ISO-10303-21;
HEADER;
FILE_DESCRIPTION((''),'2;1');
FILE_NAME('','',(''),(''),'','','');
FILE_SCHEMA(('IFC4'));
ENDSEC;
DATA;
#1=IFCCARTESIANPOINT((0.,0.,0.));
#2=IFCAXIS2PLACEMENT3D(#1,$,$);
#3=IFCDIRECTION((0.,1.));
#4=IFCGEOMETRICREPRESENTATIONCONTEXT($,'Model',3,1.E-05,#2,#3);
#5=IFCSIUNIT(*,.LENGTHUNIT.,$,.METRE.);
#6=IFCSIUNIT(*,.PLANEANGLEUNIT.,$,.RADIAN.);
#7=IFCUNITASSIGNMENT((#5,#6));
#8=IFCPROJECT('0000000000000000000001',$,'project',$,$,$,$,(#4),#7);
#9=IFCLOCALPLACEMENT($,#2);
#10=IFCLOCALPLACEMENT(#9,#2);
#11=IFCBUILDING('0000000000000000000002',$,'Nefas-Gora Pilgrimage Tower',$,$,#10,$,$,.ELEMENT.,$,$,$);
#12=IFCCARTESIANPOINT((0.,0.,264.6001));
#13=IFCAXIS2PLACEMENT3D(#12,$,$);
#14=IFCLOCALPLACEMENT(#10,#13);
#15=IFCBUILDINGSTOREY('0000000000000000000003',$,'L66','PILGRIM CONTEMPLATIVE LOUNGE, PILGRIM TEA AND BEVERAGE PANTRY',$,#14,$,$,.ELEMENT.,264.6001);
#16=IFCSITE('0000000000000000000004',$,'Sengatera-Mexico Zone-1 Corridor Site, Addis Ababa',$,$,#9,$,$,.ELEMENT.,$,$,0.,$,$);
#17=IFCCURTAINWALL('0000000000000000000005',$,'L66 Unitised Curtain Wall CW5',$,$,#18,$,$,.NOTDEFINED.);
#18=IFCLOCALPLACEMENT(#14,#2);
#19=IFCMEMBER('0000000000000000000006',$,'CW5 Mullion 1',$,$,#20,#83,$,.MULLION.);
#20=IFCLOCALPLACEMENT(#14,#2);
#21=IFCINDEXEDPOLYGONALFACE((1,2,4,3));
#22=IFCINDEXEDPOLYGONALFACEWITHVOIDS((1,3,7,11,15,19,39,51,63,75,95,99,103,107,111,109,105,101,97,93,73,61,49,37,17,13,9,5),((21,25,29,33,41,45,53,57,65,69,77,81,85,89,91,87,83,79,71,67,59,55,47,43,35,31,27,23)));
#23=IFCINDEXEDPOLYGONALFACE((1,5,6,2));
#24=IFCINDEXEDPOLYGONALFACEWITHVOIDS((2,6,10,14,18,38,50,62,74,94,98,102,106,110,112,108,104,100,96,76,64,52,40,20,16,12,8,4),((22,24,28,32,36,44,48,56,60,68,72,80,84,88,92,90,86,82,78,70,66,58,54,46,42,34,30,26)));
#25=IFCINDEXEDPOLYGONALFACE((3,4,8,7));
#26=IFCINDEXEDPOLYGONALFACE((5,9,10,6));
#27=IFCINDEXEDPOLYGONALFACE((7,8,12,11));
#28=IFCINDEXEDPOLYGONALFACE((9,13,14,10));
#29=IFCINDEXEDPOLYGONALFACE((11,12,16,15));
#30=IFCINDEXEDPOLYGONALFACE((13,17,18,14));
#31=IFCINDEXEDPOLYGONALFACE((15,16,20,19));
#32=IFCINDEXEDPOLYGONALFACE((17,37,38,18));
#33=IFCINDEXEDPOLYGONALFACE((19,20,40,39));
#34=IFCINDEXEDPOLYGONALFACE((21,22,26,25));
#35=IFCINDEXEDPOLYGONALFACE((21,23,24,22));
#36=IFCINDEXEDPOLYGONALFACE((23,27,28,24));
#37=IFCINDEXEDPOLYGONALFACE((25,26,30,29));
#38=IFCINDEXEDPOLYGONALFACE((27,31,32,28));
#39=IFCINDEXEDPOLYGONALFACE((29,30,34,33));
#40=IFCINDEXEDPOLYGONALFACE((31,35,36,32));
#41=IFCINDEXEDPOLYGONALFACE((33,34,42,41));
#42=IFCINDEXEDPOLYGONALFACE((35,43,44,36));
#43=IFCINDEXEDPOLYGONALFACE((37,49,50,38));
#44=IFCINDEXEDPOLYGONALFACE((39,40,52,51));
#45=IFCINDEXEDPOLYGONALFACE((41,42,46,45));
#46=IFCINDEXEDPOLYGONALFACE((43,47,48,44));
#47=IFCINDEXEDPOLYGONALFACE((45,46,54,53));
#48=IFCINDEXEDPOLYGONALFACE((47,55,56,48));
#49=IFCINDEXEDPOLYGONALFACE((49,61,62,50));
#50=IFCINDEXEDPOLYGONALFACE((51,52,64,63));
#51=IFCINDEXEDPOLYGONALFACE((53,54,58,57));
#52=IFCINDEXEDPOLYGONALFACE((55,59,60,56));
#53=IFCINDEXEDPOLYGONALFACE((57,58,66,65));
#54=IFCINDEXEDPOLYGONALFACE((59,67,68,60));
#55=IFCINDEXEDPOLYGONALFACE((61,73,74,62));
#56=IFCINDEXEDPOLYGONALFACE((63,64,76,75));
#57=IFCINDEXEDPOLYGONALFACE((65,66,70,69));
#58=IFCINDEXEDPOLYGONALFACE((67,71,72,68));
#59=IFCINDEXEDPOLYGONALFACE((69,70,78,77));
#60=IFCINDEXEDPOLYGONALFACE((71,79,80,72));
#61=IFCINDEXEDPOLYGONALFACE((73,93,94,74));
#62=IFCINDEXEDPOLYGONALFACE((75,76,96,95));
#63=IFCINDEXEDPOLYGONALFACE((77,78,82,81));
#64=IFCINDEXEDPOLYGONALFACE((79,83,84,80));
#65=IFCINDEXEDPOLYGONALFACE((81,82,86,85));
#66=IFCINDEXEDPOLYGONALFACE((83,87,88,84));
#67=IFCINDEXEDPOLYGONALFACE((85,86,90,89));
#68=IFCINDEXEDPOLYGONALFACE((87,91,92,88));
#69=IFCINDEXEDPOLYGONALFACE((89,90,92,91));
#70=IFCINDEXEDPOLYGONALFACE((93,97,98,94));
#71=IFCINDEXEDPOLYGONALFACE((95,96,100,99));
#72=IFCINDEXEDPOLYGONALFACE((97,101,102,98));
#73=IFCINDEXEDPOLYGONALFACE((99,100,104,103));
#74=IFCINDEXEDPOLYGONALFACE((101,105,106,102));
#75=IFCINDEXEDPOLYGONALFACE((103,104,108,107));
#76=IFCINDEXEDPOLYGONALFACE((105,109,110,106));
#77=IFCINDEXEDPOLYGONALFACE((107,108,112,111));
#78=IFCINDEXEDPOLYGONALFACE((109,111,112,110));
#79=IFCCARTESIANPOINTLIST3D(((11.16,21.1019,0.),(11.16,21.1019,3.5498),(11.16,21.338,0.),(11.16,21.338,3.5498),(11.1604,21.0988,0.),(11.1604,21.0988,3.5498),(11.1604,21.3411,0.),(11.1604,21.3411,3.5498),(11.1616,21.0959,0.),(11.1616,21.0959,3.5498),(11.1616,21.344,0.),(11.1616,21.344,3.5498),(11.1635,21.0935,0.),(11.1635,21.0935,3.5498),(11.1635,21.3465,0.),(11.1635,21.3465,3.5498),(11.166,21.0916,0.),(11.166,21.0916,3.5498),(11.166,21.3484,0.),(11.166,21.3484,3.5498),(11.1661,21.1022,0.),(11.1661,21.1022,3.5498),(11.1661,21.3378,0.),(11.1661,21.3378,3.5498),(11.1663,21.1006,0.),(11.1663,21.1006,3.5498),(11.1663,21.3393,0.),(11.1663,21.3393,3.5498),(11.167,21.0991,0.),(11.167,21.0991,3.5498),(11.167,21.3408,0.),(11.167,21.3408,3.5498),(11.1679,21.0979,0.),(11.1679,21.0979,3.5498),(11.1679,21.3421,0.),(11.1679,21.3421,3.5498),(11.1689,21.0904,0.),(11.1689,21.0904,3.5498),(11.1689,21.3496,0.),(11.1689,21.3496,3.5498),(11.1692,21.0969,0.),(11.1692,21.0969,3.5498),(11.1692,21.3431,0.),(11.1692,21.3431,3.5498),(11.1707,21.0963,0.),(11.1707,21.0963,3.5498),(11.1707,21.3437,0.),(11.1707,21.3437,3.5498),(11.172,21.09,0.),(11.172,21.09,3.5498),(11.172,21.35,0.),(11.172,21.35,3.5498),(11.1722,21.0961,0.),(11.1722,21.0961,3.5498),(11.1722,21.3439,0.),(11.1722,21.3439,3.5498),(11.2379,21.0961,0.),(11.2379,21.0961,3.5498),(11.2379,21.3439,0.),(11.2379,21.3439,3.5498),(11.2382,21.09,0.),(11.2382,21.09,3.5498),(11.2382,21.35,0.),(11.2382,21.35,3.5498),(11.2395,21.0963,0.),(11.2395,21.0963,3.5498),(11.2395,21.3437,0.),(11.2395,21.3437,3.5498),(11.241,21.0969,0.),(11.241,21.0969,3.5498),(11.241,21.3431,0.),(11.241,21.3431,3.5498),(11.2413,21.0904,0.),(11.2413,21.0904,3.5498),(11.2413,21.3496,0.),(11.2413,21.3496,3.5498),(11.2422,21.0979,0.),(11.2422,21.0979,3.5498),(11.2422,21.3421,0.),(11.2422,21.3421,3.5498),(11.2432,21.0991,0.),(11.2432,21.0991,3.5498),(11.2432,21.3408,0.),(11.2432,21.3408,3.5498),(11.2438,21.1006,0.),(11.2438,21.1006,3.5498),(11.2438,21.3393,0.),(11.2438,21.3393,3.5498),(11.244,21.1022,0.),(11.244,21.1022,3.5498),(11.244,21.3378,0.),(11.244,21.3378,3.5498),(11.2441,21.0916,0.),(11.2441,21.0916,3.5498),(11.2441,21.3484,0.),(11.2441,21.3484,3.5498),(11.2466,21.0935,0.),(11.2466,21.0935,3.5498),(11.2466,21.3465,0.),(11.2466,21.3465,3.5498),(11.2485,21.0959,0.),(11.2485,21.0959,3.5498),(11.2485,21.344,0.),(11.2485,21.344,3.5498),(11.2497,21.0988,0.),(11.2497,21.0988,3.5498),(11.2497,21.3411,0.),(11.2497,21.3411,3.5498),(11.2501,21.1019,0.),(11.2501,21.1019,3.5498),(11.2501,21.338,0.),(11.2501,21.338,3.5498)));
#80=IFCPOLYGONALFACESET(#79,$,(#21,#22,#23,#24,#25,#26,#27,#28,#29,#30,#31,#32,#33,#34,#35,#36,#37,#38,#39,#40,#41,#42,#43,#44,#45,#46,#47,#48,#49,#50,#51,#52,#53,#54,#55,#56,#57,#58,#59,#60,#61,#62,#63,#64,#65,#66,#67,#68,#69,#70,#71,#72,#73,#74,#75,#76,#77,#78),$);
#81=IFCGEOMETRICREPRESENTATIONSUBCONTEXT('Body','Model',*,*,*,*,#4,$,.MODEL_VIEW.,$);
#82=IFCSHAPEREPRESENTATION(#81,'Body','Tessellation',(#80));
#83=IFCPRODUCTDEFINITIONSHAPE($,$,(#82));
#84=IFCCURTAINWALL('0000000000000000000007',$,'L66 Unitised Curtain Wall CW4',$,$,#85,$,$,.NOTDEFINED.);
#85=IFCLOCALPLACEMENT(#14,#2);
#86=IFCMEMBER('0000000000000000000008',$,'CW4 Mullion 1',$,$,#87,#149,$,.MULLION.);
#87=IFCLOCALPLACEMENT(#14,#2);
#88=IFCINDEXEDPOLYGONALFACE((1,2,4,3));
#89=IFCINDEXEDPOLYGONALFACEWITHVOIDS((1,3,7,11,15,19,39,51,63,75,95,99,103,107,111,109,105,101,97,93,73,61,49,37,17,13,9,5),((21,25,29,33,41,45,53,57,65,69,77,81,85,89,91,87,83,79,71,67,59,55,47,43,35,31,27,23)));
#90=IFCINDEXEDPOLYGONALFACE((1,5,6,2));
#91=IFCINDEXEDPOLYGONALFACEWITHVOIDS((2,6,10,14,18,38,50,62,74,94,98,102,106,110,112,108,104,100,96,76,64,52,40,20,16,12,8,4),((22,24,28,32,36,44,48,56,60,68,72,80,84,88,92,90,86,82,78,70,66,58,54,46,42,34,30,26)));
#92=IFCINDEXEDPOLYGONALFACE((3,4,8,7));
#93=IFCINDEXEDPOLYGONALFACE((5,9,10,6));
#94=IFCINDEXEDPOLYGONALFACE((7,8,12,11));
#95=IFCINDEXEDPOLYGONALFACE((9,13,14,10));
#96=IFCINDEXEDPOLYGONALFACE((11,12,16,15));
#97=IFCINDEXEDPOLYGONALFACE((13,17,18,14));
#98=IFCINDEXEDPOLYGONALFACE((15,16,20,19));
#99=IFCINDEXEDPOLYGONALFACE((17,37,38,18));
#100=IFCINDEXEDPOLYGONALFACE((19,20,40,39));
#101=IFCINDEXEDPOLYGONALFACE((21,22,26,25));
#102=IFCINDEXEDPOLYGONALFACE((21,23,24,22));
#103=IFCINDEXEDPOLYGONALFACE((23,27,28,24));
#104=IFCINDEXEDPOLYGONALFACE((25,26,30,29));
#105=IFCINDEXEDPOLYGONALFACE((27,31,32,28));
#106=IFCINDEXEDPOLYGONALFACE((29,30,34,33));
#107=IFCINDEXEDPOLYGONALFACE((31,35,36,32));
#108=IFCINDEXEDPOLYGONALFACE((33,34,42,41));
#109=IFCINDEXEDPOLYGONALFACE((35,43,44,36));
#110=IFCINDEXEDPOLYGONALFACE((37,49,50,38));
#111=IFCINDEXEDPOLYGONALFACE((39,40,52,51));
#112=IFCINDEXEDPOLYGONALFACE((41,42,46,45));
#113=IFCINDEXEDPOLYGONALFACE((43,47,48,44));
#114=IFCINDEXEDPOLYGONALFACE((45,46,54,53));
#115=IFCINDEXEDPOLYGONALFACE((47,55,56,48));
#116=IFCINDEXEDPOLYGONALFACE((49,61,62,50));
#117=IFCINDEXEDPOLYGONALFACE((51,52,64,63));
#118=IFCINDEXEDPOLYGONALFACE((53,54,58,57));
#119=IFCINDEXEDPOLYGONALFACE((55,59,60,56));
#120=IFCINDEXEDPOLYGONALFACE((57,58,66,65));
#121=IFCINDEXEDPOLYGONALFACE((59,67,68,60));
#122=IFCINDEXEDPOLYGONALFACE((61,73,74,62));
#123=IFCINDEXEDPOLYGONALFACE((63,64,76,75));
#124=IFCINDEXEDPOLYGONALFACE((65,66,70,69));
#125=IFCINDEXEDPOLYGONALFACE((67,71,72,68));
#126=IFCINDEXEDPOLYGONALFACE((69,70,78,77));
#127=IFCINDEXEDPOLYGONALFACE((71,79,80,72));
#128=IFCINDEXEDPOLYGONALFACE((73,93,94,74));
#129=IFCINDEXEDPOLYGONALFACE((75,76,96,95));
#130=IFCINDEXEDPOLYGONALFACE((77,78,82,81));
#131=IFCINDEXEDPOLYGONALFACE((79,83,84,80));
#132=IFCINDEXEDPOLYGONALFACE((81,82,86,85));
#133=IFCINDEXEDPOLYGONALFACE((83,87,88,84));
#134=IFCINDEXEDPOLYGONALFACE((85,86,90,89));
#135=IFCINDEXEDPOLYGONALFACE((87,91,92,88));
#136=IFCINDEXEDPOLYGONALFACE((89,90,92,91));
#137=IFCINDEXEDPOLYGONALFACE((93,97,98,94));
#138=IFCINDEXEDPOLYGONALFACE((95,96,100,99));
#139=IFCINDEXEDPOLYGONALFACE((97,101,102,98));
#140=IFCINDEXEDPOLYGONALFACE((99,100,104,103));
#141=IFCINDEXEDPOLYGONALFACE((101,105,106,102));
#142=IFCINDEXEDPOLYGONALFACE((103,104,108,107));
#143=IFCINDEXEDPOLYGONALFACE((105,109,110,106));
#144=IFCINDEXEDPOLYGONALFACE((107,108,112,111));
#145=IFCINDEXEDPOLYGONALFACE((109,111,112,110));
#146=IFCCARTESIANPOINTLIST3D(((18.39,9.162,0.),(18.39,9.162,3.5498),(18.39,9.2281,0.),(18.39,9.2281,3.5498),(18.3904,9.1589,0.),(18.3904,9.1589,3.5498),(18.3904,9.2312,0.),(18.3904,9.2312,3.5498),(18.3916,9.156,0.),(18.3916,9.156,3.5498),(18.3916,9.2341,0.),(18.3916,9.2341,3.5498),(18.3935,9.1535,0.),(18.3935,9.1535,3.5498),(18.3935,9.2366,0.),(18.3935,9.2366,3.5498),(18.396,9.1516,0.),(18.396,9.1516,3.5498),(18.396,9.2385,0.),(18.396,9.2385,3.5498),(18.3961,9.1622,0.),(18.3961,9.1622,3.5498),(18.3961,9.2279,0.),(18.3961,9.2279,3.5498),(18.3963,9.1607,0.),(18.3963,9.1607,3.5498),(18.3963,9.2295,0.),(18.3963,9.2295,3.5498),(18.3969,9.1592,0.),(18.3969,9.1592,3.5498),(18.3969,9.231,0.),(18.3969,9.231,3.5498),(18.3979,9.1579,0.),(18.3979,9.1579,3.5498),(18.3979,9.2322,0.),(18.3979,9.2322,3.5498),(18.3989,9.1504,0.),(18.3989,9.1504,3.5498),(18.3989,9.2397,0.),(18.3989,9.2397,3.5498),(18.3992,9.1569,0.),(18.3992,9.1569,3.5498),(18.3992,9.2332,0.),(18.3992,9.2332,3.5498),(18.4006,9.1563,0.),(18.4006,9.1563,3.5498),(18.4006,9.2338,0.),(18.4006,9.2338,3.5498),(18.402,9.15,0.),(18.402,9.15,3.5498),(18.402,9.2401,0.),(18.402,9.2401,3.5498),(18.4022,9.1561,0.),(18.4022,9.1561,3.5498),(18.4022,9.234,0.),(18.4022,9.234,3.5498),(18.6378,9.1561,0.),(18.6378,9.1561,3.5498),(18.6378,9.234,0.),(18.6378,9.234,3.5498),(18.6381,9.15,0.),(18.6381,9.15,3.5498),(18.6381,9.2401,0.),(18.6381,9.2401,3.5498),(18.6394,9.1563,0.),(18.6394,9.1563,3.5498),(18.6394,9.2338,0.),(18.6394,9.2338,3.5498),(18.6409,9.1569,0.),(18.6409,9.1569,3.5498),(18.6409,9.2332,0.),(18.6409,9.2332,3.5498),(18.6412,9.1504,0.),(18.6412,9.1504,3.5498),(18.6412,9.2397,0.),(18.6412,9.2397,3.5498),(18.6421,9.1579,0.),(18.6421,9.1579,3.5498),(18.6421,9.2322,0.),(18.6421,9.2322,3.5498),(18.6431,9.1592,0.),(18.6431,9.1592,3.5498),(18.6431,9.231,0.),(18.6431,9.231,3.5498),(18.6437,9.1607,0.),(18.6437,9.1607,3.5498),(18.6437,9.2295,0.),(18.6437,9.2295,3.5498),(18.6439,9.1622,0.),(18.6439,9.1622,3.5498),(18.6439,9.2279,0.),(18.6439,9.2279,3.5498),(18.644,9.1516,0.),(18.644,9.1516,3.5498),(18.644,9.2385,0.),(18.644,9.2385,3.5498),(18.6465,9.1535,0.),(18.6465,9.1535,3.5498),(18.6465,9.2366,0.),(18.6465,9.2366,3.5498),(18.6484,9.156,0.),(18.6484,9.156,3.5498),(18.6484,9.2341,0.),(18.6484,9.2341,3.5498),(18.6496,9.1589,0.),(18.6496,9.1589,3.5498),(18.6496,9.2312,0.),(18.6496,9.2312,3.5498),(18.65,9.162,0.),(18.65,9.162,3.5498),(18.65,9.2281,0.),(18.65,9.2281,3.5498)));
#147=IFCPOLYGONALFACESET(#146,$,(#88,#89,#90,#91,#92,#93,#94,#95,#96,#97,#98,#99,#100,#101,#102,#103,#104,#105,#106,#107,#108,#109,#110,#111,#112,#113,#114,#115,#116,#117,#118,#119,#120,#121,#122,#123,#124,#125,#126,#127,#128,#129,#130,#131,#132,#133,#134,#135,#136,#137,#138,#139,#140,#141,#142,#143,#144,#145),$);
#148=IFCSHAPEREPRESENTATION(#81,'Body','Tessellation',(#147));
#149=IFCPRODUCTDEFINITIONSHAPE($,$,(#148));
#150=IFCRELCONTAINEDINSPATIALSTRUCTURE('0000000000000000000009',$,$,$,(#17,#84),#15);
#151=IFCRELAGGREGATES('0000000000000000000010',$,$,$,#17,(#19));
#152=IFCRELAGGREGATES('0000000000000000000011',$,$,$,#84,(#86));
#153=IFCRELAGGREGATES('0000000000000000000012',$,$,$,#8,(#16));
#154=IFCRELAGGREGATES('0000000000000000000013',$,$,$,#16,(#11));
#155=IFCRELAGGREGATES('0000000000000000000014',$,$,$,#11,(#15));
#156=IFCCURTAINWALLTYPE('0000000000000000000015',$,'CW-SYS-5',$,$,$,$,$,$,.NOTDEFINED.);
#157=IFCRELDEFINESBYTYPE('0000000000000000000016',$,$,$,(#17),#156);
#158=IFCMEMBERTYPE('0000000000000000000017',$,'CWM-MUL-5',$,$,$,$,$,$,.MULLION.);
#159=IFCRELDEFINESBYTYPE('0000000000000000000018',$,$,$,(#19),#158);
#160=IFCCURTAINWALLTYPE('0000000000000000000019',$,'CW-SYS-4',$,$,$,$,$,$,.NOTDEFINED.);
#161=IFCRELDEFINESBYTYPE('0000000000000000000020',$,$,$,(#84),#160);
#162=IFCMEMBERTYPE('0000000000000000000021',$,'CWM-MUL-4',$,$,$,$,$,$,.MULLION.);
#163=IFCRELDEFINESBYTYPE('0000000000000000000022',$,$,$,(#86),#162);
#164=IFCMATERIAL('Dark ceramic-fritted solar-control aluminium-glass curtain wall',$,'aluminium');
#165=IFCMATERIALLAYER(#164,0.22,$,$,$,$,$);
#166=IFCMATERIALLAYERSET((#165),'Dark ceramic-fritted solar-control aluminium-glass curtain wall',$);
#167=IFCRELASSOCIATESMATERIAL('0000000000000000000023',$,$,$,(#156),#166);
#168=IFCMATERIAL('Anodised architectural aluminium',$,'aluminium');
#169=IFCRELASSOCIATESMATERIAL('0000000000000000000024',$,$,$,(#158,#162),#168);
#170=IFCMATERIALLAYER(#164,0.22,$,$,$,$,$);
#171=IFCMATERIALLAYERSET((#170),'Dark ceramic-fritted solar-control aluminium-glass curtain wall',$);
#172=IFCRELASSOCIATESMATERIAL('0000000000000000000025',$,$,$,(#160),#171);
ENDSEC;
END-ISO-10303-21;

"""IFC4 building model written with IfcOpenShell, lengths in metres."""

from ifc_helpers import new_model, si_unit, direction, frame, origin, origin_2d, place, context, subcontext, project, spatial, hollow_rectangle, extrude, source, transform, mapped, material, layer, layer_set, material_profile, profile_set, type_object, element, aggregate, save


model = new_model("IFC4")

# Units and contexts
model_context = context("Model", 3, precision=1e-05, world=origin(), true_north=direction((0.0, 1.0)))
body_context = subcontext(model_context, "Body", "Model", "MODEL_VIEW")
ifc_project = project(units=[si_unit("LENGTHUNIT", "METRE"), si_unit("PLANEANGLEUNIT", "RADIAN")], contexts=[model_context])

# Site, building, storey
site_placement = place(None, origin())
site = spatial("IfcSite", under=ifc_project, at=site_placement, Name="Sengatera-Mexico Zone-1 Corridor Site, Addis Ababa", CompositionType="ELEMENT", RefElevation=0.0)
building_placement = place(site_placement, origin())
building = spatial("IfcBuilding", under=site, at=building_placement, Name="Nefas-Gora Pilgrimage Tower", CompositionType="ELEMENT")
storey_placement = place(building_placement, frame((0.0, 0.0, 264.6001)))
storey = spatial("IfcBuildingStorey", under=building, at=storey_placement, Name="L66", Description="PILGRIM CONTEMPLATIVE LOUNGE, PILGRIM TEA AND BEVERAGE PANTRY", CompositionType="ELEMENT", Elevation=264.6001)

# Curtain wall, member
ifc_material_1 = material(Name="Dark ceramic-fritted solar-control aluminium-glass curtain wall", Category="aluminium")
ifc_layer_1 = layer(ifc_material_1, 0.22)
ifc_layer_set_1 = layer_set([ifc_layer_1], Name="Dark ceramic-fritted solar-control aluminium-glass curtain wall")
curtain_wall_type_1 = type_object("IfcCurtainWallType", Name="CW-SYS-5", PredefinedType="NOTDEFINED", material=ifc_layer_set_1)
curtain_wall_1_placement = place(storey_placement, origin())
curtain_wall_1 = element("IfcCurtainWall", 1, at=curtain_wall_1_placement, inside=storey, type_object=curtain_wall_type_1, Name="L66 Unitised Curtain Wall CW5", PredefinedType="NOTDEFINED")
ifc_material_2 = material(Name="Anodised architectural aluminium", Category="aluminium")
ifc_material_profile_1 = material_profile(ifc_material_2, hollow_rectangle(XDim=0.0901, YDim=0.26, WallThickness=0.0061, InnerFilletRadius=0.0061, OuterFilletRadius=0.012, at=origin_2d()), Name="ALU MULLION 90x260")
ifc_profile_set_1 = profile_set([ifc_material_profile_1], Name="Anodised architectural aluminium")
member_type_1 = type_object("IfcMemberType", Name="CWM-MUL-5", PredefinedType="MULLION", material=ifc_profile_set_1)
shared_shape_1 = source(origin(), body_context, "Body", "SweptSolid", [
    extrude(hollow_rectangle(XDim=0.0901, YDim=0.26, WallThickness=0.0061, InnerFilletRadius=0.0061, OuterFilletRadius=0.012, at=origin_2d()), origin(), (0.0, 0.0, 1.0), 3.5498),
])
member_1_placement = place(storey_placement, frame((11.2051, 21.22, 0.0), z_axis=(0.0, 0.0, 1.0), x_axis=(-1.0, 0.0, 0.0)))
member_1 = element("IfcMember", 2, at=member_1_placement, type_object=member_type_1, Name="CW5 Mullion 1", PredefinedType="MULLION", context=body_context, shape_type="MappedRepresentation", body=[
    mapped(shared_shape_1, transform((0.0, 0.0, 0.0), x_axis=(1.0, 0.0, 0.0), y_axis=(0.0, 1.0, 0.0), z_axis=(0.0, 0.0, 1.0), scale=1.0)),
])
aggregate(curtain_wall_1, [member_1])

# Curtain wall, member
ifc_layer_2 = layer(ifc_material_1, 0.22)
ifc_layer_set_2 = layer_set([ifc_layer_2], Name="Dark ceramic-fritted solar-control aluminium-glass curtain wall")
curtain_wall_type_2 = type_object("IfcCurtainWallType", Name="CW-SYS-4", PredefinedType="NOTDEFINED", material=ifc_layer_set_2)
curtain_wall_2_placement = place(storey_placement, origin())
curtain_wall_2 = element("IfcCurtainWall", 3, at=curtain_wall_2_placement, inside=storey, type_object=curtain_wall_type_2, Name="L66 Unitised Curtain Wall CW4", PredefinedType="NOTDEFINED")
ifc_material_profile_2 = material_profile(ifc_material_2, hollow_rectangle(XDim=0.0901, YDim=0.26, WallThickness=0.0061, InnerFilletRadius=0.0061, OuterFilletRadius=0.012, at=origin_2d()), Name="ALU MULLION 90x260")
ifc_profile_set_2 = profile_set([ifc_material_profile_2], Name="Anodised architectural aluminium")
member_type_2 = type_object("IfcMemberType", Name="CWM-MUL-4", PredefinedType="MULLION", material=ifc_profile_set_2)
shared_shape_2 = source(origin(), body_context, "Body", "SweptSolid", [
    extrude(hollow_rectangle(XDim=0.0901, YDim=0.26, WallThickness=0.0061, InnerFilletRadius=0.0061, OuterFilletRadius=0.012, at=origin_2d()), origin(), (0.0, 0.0, 1.0), 3.5498),
])
member_2_placement = place(storey_placement, frame((18.52, 9.1951, 0.0), z_axis=(0.0, 0.0, 1.0), x_axis=(0.0, 1.0, 0.0)))
member_2 = element("IfcMember", 4, at=member_2_placement, type_object=member_type_2, Name="CW4 Mullion 1", PredefinedType="MULLION", context=body_context, shape_type="MappedRepresentation", body=[
    mapped(shared_shape_2, transform((0.0, 0.0, 0.0), x_axis=(1.0, 0.0, 0.0), y_axis=(0.0, 1.0, 0.0), z_axis=(0.0, 0.0, 1.0), scale=1.0)),
])

aggregate(curtain_wall_2, [member_2])

save(model, "model.ifc")
